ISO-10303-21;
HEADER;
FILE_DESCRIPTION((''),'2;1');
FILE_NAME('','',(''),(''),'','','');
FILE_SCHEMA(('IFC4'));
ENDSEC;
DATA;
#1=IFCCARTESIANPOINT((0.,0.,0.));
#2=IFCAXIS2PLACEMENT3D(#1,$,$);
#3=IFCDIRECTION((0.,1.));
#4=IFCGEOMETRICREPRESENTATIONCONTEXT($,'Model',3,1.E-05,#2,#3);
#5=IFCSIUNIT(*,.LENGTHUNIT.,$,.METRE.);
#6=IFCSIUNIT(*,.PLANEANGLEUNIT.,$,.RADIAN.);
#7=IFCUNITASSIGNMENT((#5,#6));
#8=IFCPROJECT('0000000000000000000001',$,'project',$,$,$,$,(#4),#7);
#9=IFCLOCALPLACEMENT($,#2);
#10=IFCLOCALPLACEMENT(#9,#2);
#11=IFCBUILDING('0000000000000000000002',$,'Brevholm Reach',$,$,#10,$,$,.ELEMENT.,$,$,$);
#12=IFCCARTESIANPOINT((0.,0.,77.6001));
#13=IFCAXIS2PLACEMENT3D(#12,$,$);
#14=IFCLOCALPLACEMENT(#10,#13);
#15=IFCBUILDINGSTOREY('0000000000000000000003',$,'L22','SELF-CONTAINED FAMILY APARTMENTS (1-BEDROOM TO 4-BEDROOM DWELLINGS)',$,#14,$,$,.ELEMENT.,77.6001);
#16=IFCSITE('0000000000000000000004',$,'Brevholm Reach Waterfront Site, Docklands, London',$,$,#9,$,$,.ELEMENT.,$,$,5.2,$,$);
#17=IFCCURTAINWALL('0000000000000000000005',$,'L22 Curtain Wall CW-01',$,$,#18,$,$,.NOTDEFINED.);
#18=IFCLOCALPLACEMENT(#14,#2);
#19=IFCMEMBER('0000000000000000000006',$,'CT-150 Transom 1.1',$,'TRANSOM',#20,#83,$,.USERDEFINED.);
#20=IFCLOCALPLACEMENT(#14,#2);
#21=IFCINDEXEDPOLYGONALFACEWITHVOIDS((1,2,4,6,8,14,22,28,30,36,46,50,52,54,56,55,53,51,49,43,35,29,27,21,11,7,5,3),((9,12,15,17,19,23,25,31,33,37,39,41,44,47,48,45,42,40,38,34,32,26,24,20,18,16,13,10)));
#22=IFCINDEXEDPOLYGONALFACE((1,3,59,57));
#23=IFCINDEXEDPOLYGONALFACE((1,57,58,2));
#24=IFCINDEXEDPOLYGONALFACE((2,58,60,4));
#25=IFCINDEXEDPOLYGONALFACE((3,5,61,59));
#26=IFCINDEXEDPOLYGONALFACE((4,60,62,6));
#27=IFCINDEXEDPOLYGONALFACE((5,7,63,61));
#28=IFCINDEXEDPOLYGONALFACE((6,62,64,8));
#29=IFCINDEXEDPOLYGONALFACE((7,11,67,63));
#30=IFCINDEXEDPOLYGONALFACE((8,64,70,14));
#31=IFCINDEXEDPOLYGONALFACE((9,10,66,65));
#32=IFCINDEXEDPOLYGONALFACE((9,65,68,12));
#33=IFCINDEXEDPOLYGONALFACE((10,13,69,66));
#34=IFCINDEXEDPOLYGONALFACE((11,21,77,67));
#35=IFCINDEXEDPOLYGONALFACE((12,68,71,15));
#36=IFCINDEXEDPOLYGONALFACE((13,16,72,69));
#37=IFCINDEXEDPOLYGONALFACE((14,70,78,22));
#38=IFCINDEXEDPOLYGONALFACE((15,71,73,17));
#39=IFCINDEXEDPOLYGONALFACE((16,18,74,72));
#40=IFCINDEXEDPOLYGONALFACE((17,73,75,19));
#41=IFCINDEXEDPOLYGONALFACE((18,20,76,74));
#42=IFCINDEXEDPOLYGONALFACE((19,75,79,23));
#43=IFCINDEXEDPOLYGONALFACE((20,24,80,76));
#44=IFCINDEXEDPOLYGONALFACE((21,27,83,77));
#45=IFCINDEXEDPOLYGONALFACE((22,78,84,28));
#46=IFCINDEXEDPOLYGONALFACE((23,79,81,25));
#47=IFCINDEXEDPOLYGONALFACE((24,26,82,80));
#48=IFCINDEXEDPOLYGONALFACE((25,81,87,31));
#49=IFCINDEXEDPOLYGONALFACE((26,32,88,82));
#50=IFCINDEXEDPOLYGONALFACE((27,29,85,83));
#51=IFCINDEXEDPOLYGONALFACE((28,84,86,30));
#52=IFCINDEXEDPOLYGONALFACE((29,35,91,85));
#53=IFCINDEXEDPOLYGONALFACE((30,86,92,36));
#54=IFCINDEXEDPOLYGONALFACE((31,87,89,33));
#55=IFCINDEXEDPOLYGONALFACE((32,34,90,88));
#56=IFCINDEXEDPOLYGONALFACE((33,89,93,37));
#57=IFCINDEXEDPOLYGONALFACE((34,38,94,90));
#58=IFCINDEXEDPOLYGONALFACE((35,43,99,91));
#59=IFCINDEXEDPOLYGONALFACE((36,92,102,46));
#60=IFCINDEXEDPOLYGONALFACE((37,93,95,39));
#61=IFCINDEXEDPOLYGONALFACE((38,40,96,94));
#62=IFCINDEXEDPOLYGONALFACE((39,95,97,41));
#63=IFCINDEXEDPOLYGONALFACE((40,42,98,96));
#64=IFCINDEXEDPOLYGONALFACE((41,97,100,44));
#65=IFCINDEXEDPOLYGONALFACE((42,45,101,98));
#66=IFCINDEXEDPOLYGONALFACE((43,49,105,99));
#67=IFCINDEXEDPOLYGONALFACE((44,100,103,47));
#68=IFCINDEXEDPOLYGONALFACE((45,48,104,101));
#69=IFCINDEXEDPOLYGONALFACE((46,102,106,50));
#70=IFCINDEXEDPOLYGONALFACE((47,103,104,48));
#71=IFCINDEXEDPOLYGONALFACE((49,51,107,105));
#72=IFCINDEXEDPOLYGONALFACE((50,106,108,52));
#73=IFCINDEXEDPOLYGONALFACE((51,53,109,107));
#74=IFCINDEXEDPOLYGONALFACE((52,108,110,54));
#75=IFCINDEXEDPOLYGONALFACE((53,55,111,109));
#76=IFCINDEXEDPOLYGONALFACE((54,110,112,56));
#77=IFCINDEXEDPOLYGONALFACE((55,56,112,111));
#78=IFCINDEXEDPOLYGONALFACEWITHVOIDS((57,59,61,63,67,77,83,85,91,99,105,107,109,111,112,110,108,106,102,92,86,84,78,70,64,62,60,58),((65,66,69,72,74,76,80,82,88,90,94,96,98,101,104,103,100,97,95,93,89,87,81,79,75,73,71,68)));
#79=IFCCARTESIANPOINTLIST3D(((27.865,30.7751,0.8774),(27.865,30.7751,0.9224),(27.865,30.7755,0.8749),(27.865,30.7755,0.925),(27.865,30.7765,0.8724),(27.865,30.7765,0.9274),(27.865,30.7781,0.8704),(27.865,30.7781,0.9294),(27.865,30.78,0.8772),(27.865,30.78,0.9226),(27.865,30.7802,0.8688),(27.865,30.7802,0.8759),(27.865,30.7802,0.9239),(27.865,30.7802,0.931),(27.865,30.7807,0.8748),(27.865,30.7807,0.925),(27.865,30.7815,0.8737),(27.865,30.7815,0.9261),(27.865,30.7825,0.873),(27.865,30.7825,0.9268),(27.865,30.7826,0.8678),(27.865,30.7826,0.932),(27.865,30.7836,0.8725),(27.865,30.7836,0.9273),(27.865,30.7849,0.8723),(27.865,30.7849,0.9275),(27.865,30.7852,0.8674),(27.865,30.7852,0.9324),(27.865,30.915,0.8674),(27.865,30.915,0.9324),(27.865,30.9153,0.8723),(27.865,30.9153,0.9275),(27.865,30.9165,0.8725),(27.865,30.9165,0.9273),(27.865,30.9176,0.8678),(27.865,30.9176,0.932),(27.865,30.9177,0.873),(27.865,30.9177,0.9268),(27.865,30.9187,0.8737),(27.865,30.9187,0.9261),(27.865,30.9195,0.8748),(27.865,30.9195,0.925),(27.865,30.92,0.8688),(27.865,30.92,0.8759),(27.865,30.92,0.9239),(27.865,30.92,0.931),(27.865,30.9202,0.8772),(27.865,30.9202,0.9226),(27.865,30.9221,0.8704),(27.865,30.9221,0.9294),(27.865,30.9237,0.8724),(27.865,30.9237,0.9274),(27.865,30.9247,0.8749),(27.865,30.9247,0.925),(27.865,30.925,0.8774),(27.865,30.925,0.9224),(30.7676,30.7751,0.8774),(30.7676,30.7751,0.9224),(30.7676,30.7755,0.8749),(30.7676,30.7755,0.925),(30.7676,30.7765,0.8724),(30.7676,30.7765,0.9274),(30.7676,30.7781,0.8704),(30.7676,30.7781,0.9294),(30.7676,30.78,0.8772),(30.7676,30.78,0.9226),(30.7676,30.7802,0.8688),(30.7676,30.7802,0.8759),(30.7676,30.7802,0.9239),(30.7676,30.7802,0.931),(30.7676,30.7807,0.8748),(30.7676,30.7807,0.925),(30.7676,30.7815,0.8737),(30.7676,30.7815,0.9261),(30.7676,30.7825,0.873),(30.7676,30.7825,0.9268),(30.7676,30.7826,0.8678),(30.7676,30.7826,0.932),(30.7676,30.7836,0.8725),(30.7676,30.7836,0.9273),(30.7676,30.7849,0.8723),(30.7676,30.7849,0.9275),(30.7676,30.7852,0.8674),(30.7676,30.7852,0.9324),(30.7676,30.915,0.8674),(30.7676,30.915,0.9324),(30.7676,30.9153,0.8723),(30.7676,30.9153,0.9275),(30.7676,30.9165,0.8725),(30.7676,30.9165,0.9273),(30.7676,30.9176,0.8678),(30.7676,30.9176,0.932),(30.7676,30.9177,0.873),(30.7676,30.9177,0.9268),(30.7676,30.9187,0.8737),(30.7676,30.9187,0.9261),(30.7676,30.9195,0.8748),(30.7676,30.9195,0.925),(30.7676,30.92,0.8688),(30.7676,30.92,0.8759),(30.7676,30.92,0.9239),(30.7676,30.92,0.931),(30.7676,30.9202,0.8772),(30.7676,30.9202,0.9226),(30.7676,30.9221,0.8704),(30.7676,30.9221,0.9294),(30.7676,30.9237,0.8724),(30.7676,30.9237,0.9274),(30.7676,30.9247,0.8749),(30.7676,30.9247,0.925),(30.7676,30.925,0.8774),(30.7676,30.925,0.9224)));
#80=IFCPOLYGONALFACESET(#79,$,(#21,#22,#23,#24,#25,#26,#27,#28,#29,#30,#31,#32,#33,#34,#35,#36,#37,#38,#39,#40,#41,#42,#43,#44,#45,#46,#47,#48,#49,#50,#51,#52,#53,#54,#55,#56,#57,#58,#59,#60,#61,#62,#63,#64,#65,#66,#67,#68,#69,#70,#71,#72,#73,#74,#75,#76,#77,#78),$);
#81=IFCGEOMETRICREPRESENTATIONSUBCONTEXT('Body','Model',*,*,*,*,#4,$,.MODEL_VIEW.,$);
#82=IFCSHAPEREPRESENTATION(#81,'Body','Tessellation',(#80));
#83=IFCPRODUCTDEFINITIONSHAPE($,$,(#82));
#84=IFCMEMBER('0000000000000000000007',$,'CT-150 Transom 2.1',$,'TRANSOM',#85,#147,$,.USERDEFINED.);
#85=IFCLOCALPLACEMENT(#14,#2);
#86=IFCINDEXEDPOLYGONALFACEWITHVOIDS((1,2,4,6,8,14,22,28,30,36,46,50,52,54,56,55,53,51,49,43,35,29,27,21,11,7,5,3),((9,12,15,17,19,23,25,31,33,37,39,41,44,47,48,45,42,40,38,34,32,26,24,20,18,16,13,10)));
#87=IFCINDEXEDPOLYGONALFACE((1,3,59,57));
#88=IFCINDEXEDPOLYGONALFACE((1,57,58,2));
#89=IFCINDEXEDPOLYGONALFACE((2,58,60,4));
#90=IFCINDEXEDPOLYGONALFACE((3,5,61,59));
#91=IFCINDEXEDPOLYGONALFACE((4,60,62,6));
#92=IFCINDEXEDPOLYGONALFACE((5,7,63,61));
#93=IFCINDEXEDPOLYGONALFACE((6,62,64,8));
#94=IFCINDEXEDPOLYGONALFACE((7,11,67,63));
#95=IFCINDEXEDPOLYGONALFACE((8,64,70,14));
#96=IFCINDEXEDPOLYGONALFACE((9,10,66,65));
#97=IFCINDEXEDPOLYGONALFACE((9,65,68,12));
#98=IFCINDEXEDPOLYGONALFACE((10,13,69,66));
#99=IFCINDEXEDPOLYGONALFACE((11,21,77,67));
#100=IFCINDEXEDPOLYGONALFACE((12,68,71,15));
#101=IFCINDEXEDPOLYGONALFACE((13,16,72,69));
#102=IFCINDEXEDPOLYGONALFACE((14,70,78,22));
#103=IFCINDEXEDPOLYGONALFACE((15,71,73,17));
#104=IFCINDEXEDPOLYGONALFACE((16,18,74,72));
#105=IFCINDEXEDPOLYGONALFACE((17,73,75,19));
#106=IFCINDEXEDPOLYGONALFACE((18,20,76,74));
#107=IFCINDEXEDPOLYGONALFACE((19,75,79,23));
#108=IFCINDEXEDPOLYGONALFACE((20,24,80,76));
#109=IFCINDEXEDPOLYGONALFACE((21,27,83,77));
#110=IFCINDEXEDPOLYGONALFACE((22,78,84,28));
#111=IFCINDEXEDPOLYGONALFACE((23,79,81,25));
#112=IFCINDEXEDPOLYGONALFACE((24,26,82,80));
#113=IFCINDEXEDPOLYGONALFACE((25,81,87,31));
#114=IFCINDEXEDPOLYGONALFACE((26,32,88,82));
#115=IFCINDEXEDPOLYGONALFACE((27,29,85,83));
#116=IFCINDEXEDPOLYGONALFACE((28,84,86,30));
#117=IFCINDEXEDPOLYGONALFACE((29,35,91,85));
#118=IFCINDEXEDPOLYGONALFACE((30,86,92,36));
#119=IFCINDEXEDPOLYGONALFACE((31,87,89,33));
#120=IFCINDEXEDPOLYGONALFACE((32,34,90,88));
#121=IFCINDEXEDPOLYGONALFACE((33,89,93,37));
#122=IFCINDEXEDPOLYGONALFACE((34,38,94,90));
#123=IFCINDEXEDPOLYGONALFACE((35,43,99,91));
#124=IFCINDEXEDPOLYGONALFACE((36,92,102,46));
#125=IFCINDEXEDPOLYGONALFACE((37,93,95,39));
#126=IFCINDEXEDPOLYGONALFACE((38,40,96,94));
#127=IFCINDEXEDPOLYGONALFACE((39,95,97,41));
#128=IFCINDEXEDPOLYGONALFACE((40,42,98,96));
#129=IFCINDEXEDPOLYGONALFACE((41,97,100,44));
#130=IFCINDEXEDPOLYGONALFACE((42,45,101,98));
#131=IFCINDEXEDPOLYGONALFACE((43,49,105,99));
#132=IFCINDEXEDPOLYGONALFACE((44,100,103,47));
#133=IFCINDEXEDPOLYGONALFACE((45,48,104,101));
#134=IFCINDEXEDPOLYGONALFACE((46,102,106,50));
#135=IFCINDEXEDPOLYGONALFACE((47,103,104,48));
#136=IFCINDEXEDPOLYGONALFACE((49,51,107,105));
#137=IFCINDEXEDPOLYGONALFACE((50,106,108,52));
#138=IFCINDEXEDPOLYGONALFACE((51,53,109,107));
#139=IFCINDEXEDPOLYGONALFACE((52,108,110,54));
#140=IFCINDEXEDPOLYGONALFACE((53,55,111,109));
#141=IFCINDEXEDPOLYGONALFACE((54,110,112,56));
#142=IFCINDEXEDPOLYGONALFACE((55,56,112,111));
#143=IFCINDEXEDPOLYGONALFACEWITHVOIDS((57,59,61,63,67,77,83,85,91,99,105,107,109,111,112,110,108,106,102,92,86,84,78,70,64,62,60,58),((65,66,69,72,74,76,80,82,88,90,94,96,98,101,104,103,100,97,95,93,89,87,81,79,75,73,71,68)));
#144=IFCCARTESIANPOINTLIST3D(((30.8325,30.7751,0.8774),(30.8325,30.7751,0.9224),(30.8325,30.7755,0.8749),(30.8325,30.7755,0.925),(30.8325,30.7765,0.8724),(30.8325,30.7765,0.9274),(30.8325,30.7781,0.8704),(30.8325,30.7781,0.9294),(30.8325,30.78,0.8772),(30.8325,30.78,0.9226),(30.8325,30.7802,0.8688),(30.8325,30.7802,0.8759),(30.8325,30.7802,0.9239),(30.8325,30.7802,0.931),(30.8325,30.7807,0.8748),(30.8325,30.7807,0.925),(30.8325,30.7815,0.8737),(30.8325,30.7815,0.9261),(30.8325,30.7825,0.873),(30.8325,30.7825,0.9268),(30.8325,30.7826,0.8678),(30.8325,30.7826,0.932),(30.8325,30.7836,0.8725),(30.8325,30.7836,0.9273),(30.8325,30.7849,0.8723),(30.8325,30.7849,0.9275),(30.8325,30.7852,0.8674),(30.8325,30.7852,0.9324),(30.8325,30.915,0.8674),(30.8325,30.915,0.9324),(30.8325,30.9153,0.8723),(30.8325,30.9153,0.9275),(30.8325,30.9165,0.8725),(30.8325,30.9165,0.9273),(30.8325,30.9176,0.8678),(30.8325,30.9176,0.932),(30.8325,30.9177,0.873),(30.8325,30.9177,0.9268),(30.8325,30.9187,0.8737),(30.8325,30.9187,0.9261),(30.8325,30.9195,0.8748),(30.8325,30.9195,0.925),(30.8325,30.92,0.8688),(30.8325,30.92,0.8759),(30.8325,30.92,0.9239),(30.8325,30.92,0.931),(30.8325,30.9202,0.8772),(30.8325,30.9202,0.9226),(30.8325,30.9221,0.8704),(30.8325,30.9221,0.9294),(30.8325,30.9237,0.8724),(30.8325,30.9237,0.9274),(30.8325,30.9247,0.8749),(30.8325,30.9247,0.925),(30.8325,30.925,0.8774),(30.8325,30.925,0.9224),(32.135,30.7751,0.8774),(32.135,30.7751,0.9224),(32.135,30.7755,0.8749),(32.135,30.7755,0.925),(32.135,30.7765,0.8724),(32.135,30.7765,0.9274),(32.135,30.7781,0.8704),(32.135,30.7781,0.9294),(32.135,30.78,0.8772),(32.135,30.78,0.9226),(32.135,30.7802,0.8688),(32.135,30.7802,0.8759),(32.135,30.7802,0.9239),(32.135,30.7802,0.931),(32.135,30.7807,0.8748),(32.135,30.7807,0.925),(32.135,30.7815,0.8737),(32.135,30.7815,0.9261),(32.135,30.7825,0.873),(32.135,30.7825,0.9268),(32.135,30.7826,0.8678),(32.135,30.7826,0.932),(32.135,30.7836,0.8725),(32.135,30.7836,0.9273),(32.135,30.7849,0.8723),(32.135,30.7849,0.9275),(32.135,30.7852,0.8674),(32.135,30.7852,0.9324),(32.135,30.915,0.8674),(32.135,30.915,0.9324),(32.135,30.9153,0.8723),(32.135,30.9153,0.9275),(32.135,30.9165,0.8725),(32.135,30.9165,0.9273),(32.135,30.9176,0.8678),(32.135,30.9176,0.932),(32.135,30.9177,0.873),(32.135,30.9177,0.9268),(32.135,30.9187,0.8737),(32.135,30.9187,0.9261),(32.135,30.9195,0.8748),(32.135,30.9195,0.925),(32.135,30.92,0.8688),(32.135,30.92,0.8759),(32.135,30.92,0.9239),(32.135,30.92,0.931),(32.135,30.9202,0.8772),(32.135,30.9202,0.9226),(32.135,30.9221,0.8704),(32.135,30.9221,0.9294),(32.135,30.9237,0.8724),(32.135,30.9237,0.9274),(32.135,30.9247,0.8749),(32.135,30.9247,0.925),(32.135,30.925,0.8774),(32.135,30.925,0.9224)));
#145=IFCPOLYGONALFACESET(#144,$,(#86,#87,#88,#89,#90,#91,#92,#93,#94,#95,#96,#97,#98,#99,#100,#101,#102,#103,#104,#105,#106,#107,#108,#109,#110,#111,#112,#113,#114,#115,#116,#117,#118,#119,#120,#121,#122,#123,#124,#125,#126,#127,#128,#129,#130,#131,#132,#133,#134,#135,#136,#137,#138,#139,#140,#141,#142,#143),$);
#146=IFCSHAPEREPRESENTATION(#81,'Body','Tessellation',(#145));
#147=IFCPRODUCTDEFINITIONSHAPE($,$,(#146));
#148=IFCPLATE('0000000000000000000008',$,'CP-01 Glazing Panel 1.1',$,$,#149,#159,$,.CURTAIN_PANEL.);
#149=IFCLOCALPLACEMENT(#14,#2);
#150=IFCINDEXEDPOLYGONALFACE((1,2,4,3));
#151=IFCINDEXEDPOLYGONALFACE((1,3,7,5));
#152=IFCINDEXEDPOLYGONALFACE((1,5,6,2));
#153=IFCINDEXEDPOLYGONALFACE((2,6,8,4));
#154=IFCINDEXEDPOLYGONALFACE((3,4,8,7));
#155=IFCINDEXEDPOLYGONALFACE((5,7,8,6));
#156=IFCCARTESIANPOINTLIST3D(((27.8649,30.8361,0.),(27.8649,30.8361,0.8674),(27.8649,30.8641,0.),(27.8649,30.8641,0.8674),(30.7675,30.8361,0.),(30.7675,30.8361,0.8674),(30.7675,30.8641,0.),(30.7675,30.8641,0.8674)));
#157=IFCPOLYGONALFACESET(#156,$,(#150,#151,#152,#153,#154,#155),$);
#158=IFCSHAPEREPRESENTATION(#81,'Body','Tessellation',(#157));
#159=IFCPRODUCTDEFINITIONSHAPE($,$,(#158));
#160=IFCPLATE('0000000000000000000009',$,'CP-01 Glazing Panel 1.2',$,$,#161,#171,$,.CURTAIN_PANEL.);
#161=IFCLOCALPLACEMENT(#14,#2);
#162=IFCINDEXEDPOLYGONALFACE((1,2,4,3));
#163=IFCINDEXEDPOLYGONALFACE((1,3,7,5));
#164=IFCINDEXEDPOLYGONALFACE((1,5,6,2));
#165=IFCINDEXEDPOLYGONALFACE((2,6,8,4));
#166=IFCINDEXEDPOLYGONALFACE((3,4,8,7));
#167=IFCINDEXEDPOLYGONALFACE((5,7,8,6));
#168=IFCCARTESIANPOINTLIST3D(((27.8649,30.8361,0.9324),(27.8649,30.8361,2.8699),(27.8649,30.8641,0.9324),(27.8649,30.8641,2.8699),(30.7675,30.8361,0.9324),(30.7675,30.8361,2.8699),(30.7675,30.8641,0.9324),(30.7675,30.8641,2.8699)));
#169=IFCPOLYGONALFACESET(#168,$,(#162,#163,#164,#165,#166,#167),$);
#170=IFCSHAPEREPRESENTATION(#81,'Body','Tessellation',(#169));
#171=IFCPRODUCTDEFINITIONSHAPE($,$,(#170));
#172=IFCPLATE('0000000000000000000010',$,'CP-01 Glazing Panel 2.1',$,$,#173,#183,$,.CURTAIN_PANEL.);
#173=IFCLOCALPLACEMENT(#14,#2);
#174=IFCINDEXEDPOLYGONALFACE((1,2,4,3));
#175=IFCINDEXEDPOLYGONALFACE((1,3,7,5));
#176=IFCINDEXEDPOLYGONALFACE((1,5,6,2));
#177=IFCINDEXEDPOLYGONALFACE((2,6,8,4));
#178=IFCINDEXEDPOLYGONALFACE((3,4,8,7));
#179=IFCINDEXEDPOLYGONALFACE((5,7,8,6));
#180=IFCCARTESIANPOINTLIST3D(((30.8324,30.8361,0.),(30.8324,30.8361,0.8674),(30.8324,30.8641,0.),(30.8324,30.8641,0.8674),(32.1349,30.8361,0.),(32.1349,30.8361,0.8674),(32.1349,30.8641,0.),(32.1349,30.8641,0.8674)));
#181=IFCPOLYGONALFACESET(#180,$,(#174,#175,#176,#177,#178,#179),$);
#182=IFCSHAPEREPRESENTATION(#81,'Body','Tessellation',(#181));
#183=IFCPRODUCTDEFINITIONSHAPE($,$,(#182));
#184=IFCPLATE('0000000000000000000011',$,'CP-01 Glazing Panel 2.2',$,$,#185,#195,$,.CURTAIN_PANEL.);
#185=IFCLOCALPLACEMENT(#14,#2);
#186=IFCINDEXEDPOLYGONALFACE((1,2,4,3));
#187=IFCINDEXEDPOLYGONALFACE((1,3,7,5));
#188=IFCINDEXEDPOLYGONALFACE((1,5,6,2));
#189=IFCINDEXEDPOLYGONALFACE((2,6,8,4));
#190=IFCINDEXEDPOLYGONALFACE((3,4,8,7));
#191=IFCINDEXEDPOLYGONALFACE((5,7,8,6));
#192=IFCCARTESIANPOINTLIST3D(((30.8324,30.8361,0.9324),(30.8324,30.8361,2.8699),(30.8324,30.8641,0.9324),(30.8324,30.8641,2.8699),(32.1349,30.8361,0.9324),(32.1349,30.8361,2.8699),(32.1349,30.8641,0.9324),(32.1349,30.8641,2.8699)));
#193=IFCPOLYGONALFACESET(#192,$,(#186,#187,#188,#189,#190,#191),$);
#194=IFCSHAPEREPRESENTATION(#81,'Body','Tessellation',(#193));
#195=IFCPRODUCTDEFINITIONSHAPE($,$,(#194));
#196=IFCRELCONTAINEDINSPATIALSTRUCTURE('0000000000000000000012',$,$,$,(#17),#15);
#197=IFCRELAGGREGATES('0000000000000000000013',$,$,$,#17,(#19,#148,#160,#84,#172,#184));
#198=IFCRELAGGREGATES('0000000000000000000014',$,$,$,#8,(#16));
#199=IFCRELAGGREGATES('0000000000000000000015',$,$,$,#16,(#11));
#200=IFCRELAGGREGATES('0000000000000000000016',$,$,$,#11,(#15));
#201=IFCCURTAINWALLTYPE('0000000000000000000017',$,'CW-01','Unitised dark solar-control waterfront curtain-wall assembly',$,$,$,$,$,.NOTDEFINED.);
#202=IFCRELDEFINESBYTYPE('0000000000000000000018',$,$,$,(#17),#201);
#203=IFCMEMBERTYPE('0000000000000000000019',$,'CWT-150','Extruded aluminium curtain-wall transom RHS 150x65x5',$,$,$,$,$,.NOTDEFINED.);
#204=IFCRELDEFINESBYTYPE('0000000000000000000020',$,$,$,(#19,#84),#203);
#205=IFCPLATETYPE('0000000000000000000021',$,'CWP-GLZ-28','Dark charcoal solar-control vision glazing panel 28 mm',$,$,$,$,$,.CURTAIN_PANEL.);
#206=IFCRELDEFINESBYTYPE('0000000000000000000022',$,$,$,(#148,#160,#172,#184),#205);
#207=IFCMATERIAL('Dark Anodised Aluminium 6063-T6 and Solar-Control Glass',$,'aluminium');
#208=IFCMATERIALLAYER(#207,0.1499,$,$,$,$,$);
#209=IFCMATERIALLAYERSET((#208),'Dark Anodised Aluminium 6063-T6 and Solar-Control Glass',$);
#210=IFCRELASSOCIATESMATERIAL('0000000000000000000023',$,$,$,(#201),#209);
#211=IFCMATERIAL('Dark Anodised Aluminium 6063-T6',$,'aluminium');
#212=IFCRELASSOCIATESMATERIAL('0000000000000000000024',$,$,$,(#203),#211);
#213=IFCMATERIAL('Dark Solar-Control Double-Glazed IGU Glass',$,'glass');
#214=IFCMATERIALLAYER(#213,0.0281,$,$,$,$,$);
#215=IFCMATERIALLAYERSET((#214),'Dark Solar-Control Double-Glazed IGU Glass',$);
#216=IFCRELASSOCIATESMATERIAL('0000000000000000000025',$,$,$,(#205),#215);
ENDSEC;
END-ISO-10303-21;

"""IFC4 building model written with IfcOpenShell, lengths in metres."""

from ifc_helpers import new_model, si_unit, direction, frame, origin, origin_2d, place, context, subcontext, project, spatial, rectangle, hollow_rectangle, extrude, material, layer, layer_set, material_profile, profile_set, type_object, element, aggregate, save


model = new_model("IFC4")

# Units and contexts
model_context = context("Model", 3, precision=1e-05, world=origin(), true_north=direction((0.0, 1.0)))
body_context = subcontext(model_context, "Body", "Model", "MODEL_VIEW")
ifc_project = project(units=[si_unit("LENGTHUNIT", "METRE"), si_unit("PLANEANGLEUNIT", "RADIAN")], contexts=[model_context])

# Site, building, storey
site_placement = place(None, origin())
site = spatial("IfcSite", under=ifc_project, at=site_placement, Name="Brevholm Reach Waterfront Site, Docklands, London", CompositionType="ELEMENT", RefElevation=5.2)
building_placement = place(site_placement, origin())
building = spatial("IfcBuilding", under=site, at=building_placement, Name="Brevholm Reach", CompositionType="ELEMENT")
storey_placement = place(building_placement, frame((0.0, 0.0, 77.6001)))
storey = spatial("IfcBuildingStorey", under=building, at=storey_placement, Name="L22", Description="SELF-CONTAINED FAMILY APARTMENTS (1-BEDROOM TO 4-BEDROOM DWELLINGS)", CompositionType="ELEMENT", Elevation=77.6001)

# Curtain wall
ifc_material_1 = material(Name="Dark Anodised Aluminium 6063-T6 and Solar-Control Glass", Category="aluminium")
ifc_layer_1 = layer(ifc_material_1, 0.1499)
ifc_layer_set_1 = layer_set([ifc_layer_1], Name="Dark Anodised Aluminium 6063-T6 and Solar-Control Glass")
curtain_wall_type_1 = type_object("IfcCurtainWallType", Name="CW-01", Description="Unitised dark solar-control waterfront curtain-wall assembly", PredefinedType="NOTDEFINED", material=ifc_layer_set_1)
curtain_wall_1_placement = place(storey_placement, origin())
curtain_wall_1 = element("IfcCurtainWall", 1, at=curtain_wall_1_placement, inside=storey, type_object=curtain_wall_type_1, Name="L22 Curtain Wall CW-01", PredefinedType="NOTDEFINED")

# Members
ifc_material_2 = material(Name="Dark Anodised Aluminium 6063-T6", Category="aluminium")
ifc_material_profile_1 = material_profile(ifc_material_2, hollow_rectangle(XDim=0.0649, YDim=0.1499, WallThickness=0.0049, InnerFilletRadius=0.0049, OuterFilletRadius=0.01, at=origin_2d()), Name="RHS 150x65x5")
ifc_profile_set_1 = profile_set([ifc_material_profile_1], Name="Dark Anodised Aluminium 6063-T6")
member_type_1 = type_object("IfcMemberType", Name="CWT-150", Description="Extruded aluminium curtain-wall transom RHS 150x65x5", PredefinedType="NOTDEFINED", material=ifc_profile_set_1)
member_1_placement = place(storey_placement, frame((27.865, 30.8501, 0.8999), z_axis=(1.0, 0.0, 0.0), x_axis=(0.0, 0.0, 1.0)))
member_1 = element("IfcMember", 2, at=member_1_placement, type_object=member_type_1, Name="CT-150 Transom 1.1", ObjectType="TRANSOM", PredefinedType="USERDEFINED", context=body_context, shape_type="SweptSolid", body=[
    extrude(hollow_rectangle(XDim=0.0649, YDim=0.1499, WallThickness=0.0049, InnerFilletRadius=0.0049, OuterFilletRadius=0.01, at=origin_2d()), origin(), (0.0, 0.0, 1.0), 2.9026),
])
member_2_placement = place(storey_placement, frame((30.8325, 30.8501, 0.8999), z_axis=(1.0, 0.0, 0.0), x_axis=(0.0, 0.0, 1.0)))
member_2 = element("IfcMember", 3, at=member_2_placement, type_object=member_type_1, Name="CT-150 Transom 2.1", ObjectType="TRANSOM", PredefinedType="USERDEFINED", context=body_context, shape_type="SweptSolid", body=[
    extrude(hollow_rectangle(XDim=0.0649, YDim=0.1499, WallThickness=0.0049, InnerFilletRadius=0.0049, OuterFilletRadius=0.01, at=origin_2d()), origin(), (0.0, 0.0, 1.0), 1.3025),
])

# Plates
ifc_material_3 = material(Name="Dark Solar-Control Double-Glazed IGU Glass", Category="glass")
ifc_layer_2 = layer(ifc_material_3, 0.0281)
ifc_layer_set_2 = layer_set([ifc_layer_2], Name="Dark Solar-Control Double-Glazed IGU Glass")
plate_type_1 = type_object("IfcPlateType", Name="CWP-GLZ-28", Description="Dark charcoal solar-control vision glazing panel 28 mm", PredefinedType="CURTAIN_PANEL", material=ifc_layer_set_2)
plate_1_placement = place(storey_placement, frame((29.3162, 30.8501, 0.0), z_axis=(0.0, 0.0, 1.0), x_axis=(1.0, 0.0, 0.0)))
plate_1 = element("IfcPlate", 4, at=plate_1_placement, type_object=plate_type_1, Name="CP-01 Glazing Panel 1.1", PredefinedType="CURTAIN_PANEL", context=body_context, shape_type="SweptSolid", body=[
    extrude(rectangle(XDim=2.9026, YDim=0.0281, at=origin_2d()), origin(), (0.0, 0.0, 1.0), 0.8674),
])
plate_2_placement = place(storey_placement, frame((29.3162, 30.8501, 0.9324), z_axis=(0.0, 0.0, 1.0), x_axis=(1.0, 0.0, 0.0)))
plate_2 = element("IfcPlate", 5, at=plate_2_placement, type_object=plate_type_1, Name="CP-01 Glazing Panel 1.2", PredefinedType="CURTAIN_PANEL", context=body_context, shape_type="SweptSolid", body=[
    extrude(rectangle(XDim=2.9026, YDim=0.0281, at=origin_2d()), origin(), (0.0, 0.0, 1.0), 1.9375),
])
plate_3_placement = place(storey_placement, frame((31.4836, 30.8501, 0.0), z_axis=(0.0, 0.0, 1.0), x_axis=(1.0, 0.0, 0.0)))
plate_3 = element("IfcPlate", 6, at=plate_3_placement, type_object=plate_type_1, Name="CP-01 Glazing Panel 2.1", PredefinedType="CURTAIN_PANEL", context=body_context, shape_type="SweptSolid", body=[
    extrude(rectangle(XDim=1.3025, YDim=0.0281, at=origin_2d()), origin(), (0.0, 0.0, 1.0), 0.8674),
])
plate_4_placement = place(storey_placement, frame((31.4836, 30.8501, 0.9324), z_axis=(0.0, 0.0, 1.0), x_axis=(1.0, 0.0, 0.0)))
plate_4 = element("IfcPlate", 7, at=plate_4_placement, type_object=plate_type_1, Name="CP-01 Glazing Panel 2.2", PredefinedType="CURTAIN_PANEL", context=body_context, shape_type="SweptSolid", body=[
    extrude(rectangle(XDim=1.3025, YDim=0.0281, at=origin_2d()), origin(), (0.0, 0.0, 1.0), 1.9375),
])
aggregate(curtain_wall_1, [member_1, plate_1, plate_2, member_2, plate_3, plate_4])

save(model, "model.ifc")
